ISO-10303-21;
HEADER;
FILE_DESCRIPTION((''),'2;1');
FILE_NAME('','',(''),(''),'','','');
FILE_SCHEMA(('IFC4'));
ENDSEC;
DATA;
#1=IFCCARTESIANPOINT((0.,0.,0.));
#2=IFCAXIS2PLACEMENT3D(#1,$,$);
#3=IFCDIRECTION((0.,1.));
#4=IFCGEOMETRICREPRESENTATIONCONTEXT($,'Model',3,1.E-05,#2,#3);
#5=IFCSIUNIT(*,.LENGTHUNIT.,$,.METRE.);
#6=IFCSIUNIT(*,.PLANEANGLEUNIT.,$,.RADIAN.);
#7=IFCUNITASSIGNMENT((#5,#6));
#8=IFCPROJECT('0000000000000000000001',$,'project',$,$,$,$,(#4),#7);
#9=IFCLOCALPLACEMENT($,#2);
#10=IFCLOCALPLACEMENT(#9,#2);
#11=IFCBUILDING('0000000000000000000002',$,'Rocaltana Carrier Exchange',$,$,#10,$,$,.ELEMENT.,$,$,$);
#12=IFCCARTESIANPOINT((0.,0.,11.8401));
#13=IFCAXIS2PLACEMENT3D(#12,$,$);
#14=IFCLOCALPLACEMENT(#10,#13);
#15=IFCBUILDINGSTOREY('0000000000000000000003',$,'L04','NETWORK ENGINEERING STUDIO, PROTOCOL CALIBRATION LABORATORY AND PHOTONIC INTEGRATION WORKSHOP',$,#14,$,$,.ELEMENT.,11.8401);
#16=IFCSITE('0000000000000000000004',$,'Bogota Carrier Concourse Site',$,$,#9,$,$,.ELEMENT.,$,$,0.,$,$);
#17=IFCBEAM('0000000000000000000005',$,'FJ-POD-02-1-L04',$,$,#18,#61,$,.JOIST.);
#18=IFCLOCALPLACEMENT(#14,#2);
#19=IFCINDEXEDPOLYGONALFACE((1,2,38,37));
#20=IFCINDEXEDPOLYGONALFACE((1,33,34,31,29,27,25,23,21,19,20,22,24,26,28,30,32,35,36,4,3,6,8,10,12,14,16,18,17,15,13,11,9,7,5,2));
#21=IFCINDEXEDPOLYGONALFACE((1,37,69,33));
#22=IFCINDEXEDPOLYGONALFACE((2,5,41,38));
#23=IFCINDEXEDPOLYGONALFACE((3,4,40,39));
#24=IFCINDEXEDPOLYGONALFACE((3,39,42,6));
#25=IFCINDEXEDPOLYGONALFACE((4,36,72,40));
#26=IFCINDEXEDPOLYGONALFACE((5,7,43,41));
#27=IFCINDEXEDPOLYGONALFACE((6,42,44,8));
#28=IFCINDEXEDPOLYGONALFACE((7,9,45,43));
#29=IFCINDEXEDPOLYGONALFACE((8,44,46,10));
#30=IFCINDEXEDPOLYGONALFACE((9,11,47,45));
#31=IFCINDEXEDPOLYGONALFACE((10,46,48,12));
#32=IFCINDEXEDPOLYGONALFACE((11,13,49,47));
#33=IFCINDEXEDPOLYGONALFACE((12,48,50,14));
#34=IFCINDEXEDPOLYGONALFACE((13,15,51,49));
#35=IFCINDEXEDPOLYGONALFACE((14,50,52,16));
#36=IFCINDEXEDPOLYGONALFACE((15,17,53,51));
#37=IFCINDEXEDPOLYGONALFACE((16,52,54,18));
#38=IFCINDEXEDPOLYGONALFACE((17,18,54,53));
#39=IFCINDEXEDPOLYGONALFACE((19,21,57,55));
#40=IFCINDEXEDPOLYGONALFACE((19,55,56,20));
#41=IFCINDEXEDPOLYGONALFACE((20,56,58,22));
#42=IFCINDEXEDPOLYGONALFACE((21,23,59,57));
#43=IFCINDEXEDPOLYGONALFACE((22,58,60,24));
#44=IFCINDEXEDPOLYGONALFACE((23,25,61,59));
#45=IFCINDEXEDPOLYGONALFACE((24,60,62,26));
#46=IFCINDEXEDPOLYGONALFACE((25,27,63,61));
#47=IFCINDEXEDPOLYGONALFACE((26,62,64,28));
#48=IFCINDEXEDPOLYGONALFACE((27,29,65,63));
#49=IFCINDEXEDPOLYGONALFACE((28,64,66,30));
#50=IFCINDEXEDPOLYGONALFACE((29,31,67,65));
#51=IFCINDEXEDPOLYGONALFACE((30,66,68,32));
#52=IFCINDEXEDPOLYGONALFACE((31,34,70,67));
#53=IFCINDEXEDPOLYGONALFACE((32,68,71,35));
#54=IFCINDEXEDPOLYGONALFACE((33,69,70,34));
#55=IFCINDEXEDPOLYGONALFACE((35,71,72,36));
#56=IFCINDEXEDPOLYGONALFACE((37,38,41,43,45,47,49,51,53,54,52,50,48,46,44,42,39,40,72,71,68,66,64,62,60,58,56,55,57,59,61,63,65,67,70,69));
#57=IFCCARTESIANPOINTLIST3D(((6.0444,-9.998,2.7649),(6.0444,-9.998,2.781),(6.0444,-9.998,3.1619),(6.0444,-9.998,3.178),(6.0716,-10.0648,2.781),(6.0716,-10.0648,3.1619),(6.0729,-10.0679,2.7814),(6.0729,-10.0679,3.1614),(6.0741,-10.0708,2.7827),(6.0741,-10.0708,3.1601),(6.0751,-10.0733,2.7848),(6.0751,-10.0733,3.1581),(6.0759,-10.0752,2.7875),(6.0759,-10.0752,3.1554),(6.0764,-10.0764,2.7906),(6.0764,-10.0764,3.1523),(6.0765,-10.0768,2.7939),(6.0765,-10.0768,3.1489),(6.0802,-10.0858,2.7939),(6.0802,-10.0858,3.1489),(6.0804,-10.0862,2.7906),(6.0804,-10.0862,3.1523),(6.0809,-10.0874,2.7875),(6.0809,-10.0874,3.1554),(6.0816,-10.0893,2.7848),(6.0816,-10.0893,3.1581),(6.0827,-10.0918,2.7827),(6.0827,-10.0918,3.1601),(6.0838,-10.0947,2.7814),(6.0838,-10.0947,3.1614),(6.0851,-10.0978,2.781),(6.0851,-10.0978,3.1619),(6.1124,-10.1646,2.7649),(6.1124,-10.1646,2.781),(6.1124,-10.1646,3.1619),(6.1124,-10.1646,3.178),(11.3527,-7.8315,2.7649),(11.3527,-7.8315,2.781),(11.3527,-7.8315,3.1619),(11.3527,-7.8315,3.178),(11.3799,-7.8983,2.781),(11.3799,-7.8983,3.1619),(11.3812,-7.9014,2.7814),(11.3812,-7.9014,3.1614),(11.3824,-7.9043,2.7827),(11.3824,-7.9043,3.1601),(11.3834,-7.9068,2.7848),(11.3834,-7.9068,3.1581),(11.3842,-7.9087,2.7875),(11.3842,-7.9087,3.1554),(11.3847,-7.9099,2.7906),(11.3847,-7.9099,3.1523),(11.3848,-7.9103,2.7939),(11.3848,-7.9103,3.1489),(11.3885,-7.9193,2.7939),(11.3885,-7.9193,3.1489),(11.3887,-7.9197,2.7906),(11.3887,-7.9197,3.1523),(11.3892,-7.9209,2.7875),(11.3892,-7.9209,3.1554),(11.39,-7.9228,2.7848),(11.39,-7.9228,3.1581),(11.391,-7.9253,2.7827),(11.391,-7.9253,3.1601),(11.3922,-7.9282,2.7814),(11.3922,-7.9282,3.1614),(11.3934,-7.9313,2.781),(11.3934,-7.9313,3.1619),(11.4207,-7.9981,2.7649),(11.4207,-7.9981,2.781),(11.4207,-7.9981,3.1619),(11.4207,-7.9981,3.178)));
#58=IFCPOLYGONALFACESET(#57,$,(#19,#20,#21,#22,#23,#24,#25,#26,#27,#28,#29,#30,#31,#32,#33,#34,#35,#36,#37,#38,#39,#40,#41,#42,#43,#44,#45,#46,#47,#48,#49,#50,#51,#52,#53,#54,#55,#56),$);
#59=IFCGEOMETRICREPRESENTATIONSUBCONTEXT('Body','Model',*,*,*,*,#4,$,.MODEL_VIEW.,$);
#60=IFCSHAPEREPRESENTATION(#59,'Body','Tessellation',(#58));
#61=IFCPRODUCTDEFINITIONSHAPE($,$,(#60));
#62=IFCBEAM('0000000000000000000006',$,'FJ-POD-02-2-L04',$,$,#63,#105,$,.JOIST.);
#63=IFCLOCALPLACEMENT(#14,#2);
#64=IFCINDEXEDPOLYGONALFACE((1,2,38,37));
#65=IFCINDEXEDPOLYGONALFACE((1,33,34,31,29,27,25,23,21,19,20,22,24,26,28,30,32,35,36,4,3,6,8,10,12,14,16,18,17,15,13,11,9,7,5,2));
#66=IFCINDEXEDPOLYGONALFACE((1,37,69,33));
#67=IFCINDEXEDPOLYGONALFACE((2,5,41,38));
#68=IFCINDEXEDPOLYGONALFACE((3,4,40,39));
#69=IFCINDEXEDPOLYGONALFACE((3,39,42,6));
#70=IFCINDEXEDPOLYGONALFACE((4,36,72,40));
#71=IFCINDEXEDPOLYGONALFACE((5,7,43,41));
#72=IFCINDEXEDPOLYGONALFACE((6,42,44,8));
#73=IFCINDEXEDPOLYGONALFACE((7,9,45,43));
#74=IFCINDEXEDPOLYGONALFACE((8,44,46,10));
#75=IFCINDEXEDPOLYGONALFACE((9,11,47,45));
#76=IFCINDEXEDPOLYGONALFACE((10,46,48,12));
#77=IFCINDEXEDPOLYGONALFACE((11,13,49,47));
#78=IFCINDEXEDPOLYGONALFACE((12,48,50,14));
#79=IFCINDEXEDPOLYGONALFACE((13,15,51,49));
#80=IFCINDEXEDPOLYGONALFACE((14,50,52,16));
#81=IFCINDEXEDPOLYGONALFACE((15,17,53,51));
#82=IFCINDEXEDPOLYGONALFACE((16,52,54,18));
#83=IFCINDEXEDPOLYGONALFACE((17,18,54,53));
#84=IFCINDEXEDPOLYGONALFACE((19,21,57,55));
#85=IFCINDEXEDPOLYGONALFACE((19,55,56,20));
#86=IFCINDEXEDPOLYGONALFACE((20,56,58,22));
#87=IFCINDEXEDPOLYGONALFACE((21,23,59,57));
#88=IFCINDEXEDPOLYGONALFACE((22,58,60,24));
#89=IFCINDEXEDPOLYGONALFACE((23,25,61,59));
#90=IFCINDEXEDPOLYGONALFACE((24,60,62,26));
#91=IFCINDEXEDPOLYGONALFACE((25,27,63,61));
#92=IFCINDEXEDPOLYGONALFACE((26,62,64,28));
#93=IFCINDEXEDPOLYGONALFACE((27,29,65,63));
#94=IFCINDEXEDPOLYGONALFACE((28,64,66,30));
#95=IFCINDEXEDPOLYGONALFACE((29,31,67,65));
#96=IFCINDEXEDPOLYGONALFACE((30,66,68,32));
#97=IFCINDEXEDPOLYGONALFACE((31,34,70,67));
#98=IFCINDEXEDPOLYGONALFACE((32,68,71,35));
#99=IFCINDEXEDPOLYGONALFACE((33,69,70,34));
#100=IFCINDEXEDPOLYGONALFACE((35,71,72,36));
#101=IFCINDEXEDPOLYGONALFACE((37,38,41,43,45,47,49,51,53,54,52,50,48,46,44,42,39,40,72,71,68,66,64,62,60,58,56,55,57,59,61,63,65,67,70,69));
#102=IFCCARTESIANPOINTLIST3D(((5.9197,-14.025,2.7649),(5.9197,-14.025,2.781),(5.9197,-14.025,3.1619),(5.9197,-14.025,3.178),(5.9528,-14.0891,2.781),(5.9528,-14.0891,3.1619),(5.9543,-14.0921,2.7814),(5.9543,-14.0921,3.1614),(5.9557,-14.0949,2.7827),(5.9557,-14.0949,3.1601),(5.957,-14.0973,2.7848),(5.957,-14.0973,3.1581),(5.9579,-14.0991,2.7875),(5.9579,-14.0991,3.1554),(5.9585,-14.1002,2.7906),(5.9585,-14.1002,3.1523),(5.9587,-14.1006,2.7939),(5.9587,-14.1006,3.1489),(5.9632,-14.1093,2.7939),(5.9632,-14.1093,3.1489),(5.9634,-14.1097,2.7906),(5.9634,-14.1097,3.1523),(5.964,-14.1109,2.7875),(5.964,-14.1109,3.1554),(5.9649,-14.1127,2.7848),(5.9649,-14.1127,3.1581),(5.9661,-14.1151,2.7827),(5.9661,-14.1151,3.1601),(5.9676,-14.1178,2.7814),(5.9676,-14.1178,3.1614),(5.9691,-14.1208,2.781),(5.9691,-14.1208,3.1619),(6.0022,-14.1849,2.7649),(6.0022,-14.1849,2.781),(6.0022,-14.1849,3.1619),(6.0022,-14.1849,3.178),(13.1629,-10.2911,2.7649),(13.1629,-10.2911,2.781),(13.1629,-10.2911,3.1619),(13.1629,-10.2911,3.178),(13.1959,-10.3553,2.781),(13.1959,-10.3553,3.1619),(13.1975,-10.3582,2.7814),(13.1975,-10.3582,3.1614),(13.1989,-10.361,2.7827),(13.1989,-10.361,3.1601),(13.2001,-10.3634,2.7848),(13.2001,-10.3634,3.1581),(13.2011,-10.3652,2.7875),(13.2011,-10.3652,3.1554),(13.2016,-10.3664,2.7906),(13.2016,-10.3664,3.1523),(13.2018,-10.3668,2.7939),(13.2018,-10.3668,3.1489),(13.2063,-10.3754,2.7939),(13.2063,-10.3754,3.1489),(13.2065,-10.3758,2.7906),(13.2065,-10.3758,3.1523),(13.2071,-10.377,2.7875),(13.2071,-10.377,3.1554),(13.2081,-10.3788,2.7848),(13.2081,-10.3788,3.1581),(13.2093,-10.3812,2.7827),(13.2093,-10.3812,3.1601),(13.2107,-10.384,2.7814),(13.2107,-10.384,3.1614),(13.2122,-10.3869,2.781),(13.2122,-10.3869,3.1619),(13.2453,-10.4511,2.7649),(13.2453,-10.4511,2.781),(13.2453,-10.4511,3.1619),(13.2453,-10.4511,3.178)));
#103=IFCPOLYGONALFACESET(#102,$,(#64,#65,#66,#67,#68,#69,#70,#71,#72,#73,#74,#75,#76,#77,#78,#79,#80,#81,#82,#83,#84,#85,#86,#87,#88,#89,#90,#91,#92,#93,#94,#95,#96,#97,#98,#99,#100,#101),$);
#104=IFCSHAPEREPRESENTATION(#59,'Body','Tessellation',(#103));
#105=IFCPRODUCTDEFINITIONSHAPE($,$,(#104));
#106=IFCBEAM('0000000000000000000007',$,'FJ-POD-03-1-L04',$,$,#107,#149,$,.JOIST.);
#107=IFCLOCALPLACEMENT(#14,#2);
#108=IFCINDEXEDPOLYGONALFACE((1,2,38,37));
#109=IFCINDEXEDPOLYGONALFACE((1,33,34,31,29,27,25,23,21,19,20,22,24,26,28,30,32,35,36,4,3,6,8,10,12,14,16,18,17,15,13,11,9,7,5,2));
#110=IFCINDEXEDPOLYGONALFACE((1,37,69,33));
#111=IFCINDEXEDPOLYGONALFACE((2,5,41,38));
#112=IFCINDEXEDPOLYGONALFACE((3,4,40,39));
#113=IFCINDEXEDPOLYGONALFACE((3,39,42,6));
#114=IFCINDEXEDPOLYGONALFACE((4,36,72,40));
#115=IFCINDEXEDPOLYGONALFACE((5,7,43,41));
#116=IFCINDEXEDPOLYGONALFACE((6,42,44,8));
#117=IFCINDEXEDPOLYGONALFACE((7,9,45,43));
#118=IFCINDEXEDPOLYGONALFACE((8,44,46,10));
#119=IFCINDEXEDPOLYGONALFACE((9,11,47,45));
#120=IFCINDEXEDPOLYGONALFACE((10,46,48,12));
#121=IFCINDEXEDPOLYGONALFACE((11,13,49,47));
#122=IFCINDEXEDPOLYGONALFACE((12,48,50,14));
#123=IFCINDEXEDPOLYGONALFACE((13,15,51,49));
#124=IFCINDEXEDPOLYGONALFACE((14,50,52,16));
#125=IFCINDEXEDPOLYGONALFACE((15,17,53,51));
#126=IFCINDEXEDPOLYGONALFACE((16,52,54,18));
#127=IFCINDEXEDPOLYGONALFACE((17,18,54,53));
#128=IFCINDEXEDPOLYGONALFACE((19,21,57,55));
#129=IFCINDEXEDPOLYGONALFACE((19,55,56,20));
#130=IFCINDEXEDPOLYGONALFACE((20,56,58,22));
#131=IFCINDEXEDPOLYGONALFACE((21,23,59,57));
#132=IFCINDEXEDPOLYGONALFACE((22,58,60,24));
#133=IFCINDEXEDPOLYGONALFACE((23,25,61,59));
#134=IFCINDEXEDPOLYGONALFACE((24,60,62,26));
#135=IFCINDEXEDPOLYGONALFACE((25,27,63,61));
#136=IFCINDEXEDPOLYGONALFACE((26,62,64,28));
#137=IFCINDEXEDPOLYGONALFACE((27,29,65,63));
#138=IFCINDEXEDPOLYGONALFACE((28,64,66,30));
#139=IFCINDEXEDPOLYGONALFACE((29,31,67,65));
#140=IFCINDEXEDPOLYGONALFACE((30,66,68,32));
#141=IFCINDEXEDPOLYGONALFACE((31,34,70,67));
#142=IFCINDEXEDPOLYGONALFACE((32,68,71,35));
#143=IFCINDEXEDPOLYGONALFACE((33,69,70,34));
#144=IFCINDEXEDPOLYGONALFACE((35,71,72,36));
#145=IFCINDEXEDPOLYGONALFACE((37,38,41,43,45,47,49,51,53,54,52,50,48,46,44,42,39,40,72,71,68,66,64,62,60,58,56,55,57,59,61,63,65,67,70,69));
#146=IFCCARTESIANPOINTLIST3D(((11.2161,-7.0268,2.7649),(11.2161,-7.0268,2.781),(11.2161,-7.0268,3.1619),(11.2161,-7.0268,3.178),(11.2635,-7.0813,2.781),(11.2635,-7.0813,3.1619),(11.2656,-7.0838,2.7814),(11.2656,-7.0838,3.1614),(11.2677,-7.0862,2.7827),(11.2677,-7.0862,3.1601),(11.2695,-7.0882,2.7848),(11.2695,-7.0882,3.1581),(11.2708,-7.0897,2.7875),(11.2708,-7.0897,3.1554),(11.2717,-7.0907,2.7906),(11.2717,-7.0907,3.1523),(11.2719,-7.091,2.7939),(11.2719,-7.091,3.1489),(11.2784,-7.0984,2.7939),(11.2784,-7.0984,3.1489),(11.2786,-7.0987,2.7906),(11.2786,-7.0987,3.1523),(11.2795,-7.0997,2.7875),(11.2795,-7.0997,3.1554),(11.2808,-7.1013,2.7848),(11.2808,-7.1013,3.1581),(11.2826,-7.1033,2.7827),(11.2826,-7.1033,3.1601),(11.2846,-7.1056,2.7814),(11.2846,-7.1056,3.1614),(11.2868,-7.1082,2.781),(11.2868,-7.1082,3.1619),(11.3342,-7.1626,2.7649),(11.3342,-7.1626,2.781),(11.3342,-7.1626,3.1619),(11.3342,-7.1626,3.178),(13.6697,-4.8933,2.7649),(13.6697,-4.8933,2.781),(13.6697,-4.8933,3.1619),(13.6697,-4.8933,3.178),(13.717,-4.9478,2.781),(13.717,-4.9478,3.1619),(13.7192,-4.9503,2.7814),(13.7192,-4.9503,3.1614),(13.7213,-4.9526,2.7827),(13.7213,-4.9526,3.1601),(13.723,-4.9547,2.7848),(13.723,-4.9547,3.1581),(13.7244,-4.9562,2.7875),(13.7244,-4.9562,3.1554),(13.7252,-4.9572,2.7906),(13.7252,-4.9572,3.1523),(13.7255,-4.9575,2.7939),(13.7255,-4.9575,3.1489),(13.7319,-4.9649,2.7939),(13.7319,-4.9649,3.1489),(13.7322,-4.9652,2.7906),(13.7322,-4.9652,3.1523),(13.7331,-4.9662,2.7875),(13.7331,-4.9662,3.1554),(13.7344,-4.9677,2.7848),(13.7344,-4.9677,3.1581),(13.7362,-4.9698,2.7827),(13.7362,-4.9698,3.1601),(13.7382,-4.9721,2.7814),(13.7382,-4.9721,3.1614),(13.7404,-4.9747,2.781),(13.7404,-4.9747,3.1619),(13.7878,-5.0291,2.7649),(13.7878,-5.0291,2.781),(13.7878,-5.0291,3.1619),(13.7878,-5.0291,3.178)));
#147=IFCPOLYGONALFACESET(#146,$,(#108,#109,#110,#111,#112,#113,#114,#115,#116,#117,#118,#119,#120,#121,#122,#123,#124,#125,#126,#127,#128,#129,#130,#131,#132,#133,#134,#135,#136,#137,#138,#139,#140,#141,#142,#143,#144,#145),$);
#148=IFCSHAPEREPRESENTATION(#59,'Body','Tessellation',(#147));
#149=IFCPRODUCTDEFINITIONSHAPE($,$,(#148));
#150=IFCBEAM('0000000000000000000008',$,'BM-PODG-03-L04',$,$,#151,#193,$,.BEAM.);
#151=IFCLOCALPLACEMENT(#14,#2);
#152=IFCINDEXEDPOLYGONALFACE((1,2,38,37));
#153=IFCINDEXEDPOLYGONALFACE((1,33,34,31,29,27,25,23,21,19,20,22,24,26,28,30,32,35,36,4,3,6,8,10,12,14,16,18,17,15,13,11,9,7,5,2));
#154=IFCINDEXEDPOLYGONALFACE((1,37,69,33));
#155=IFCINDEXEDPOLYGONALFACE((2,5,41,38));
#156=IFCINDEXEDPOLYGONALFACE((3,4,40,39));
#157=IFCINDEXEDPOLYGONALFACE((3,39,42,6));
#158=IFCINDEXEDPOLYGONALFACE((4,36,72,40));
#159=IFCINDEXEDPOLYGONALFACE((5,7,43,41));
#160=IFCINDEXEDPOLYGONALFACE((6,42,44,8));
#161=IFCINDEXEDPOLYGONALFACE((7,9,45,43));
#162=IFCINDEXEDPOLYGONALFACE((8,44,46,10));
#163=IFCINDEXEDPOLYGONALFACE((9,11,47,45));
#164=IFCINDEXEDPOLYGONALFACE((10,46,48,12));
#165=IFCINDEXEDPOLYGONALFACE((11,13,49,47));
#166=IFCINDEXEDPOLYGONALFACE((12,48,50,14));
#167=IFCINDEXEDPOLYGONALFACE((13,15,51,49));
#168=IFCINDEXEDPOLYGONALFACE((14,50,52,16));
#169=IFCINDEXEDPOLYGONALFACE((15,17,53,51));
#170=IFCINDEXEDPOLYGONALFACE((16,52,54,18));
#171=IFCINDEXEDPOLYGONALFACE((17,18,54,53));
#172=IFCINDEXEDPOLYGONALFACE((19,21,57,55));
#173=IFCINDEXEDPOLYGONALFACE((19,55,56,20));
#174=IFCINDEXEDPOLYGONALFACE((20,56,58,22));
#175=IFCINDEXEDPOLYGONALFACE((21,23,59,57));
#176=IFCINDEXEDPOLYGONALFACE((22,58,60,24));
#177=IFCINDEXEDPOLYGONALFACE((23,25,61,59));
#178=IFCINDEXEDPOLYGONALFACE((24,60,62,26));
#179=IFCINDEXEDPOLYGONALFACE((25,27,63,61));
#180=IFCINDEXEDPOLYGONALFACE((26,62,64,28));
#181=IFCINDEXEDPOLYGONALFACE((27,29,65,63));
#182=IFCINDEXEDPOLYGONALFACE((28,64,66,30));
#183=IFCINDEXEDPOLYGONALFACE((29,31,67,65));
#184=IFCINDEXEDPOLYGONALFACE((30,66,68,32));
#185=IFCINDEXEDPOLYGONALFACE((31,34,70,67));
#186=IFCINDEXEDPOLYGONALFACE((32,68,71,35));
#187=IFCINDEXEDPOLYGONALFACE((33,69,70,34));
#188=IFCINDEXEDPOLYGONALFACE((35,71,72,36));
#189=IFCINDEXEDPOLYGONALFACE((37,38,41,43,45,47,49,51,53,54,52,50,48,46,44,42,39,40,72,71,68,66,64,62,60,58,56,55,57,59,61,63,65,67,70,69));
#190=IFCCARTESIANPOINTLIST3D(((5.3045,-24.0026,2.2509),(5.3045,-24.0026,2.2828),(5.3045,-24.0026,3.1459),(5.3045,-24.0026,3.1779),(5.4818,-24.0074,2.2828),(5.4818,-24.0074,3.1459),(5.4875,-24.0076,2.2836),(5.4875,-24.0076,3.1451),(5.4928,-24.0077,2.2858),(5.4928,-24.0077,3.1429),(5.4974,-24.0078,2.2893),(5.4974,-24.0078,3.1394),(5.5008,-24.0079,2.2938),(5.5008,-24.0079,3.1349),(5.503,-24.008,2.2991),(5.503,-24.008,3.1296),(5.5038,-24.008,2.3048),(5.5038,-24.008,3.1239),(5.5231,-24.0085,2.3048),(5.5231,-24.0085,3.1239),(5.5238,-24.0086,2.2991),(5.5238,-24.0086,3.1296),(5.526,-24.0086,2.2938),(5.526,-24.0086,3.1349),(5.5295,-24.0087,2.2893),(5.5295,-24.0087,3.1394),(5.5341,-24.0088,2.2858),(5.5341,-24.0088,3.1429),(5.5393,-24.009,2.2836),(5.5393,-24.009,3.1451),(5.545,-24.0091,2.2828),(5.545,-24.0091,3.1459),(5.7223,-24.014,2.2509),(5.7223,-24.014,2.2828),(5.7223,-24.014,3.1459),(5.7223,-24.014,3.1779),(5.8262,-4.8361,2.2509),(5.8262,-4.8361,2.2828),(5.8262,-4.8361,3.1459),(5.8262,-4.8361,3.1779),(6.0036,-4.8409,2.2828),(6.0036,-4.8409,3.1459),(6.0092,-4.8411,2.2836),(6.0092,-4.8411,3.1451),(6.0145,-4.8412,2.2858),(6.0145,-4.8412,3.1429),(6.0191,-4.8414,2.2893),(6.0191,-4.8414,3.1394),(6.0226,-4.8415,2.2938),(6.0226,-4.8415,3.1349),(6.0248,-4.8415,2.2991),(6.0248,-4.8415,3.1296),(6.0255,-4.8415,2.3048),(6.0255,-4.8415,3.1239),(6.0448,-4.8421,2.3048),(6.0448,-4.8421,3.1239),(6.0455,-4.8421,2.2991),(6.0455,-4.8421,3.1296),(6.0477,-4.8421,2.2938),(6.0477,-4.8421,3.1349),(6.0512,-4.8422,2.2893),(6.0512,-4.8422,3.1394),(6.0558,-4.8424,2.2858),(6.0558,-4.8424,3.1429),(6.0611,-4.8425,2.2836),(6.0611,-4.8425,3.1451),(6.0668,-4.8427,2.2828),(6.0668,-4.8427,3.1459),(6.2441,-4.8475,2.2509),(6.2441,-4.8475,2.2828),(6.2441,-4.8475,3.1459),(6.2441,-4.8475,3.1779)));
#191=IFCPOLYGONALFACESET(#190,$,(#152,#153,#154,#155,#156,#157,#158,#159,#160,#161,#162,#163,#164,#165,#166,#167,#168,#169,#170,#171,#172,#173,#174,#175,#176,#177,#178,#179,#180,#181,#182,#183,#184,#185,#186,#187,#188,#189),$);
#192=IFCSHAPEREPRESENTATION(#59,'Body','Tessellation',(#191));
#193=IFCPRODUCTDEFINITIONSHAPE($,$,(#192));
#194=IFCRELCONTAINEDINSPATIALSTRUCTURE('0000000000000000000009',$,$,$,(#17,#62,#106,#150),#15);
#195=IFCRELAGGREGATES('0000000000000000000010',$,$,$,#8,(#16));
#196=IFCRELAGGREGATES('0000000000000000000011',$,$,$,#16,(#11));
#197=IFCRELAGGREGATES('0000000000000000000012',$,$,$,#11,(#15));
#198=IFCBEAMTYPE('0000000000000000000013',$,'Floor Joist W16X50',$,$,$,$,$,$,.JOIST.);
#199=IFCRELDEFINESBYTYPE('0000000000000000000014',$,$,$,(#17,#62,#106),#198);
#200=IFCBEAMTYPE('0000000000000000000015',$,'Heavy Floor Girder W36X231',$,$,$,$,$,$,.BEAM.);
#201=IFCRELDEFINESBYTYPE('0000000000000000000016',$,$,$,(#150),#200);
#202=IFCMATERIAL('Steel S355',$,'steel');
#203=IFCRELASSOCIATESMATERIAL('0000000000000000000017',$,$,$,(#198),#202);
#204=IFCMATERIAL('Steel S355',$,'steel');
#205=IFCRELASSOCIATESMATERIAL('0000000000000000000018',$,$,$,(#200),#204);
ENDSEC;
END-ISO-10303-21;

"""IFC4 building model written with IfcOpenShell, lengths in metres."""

from ifc_helpers import new_model, si_unit, direction, frame, origin, origin_2d, place, context, subcontext, project, spatial, i_section, extrude, material, material_profile, profile_set, type_object, element, save


model = new_model("IFC4")

# Units and contexts
model_context = context("Model", 3, precision=1e-05, world=origin(), true_north=direction((0.0, 1.0)))
body_context = subcontext(model_context, "Body", "Model", "MODEL_VIEW")
ifc_project = project(units=[si_unit("LENGTHUNIT", "METRE"), si_unit("PLANEANGLEUNIT", "RADIAN")], contexts=[model_context])

# Site, building, storey
site_placement = place(None, origin())
site = spatial("IfcSite", under=ifc_project, at=site_placement, Name="Bogota Carrier Concourse Site", CompositionType="ELEMENT", RefElevation=0.0)
building_placement = place(site_placement, origin())
building = spatial("IfcBuilding", under=site, at=building_placement, Name="Rocaltana Carrier Exchange", CompositionType="ELEMENT")
storey_placement = place(building_placement, frame((0.0, 0.0, 11.8401)))
storey = spatial("IfcBuildingStorey", under=building, at=storey_placement, Name="L04", Description="NETWORK ENGINEERING STUDIO, PROTOCOL CALIBRATION LABORATORY AND PHOTONIC INTEGRATION WORKSHOP", CompositionType="ELEMENT", Elevation=11.8401)

# Beams
ifc_material_1 = material(Name="Steel S355", Category="steel")
ifc_material_profile_1 = material_profile(ifc_material_1, i_section(OverallWidth=0.1799, OverallDepth=0.4131, WebThickness=0.0098, FlangeThickness=0.0161, FilletRadius=0.0129, at=origin_2d()), Name="W16X50")
ifc_profile_set_1 = profile_set([ifc_material_profile_1], Name="Steel S355")
beam_type_1 = type_object("IfcBeamType", Name="Floor Joist W16X50", PredefinedType="JOIST", material=ifc_profile_set_1)
beam_1_placement = place(storey_placement, frame((6.0784, -10.0813, 2.9714), z_axis=(0.925858, 0.377872, 0.0), x_axis=(-0.377872, 0.925858, 0.0)))
element("IfcBeam", 1, at=beam_1_placement, inside=storey, type_object=beam_type_1, Name="FJ-POD-02-1-L04", PredefinedType="JOIST", context=body_context, shape_type="SweptSolid", body=[
    extrude(i_section(OverallWidth=0.1799, OverallDepth=0.4131, WebThickness=0.0098, FlangeThickness=0.0161, FilletRadius=0.0129, at=origin_2d()), origin(), (0.0, 0.0, 1.0), 5.7334),
])
beam_2_placement = place(storey_placement, frame((5.9609, -14.105, 2.9714), z_axis=(0.888847, 0.458205, 0.0), x_axis=(-0.458205, 0.888847, 0.0)))
element("IfcBeam", 2, at=beam_2_placement, inside=storey, type_object=beam_type_1, Name="FJ-POD-02-2-L04", PredefinedType="JOIST", context=body_context, shape_type="SweptSolid", body=[
    extrude(i_section(OverallWidth=0.1799, OverallDepth=0.4131, WebThickness=0.0098, FlangeThickness=0.0161, FilletRadius=0.0129, at=origin_2d()), origin(), (0.0, 0.0, 1.0), 8.1489),
])
beam_3_placement = place(storey_placement, frame((11.2751, -7.0947, 2.9714), z_axis=(0.75461, 0.656173, 0.0), x_axis=(-0.656173, 0.75461, 0.0)))
element("IfcBeam", 3, at=beam_3_placement, inside=storey, type_object=beam_type_1, Name="FJ-POD-03-1-L04", PredefinedType="JOIST", context=body_context, shape_type="SweptSolid", body=[
    extrude(i_section(OverallWidth=0.1799, OverallDepth=0.4131, WebThickness=0.0098, FlangeThickness=0.0161, FilletRadius=0.0129, at=origin_2d()), origin(), (0.0, 0.0, 1.0), 3.2515),
])
ifc_material_2 = material(Name="Steel S355", Category="steel")
ifc_material_profile_2 = material_profile(ifc_material_2, i_section(OverallWidth=0.418, OverallDepth=0.927, WebThickness=0.0193, FlangeThickness=0.032, FilletRadius=0.022, at=origin_2d()), Name="W36X231")
ifc_profile_set_2 = profile_set([ifc_material_profile_2], Name="Steel S355")
beam_type_2 = type_object("IfcBeamType", Name="Heavy Floor Girder W36X231", PredefinedType="BEAM", material=ifc_profile_set_2)
beam_4_placement = place(storey_placement, frame((6.0352, -4.8418, 2.7144), z_axis=(-0.027211, -0.99963, 0.0), x_axis=(0.99963, -0.027211, 0.0)))
element("IfcBeam", 4, at=beam_4_placement, inside=storey, type_object=beam_type_2, Name="BM-PODG-03-L04", PredefinedType="BEAM", context=body_context, shape_type="SweptSolid", body=[
    extrude(i_section(OverallWidth=0.418, OverallDepth=0.927, WebThickness=0.0193, FlangeThickness=0.032, FilletRadius=0.022, at=origin_2d()), origin(), (0.0, 0.0, 1.0), 19.1736),
])

save(model, "model.ifc")
